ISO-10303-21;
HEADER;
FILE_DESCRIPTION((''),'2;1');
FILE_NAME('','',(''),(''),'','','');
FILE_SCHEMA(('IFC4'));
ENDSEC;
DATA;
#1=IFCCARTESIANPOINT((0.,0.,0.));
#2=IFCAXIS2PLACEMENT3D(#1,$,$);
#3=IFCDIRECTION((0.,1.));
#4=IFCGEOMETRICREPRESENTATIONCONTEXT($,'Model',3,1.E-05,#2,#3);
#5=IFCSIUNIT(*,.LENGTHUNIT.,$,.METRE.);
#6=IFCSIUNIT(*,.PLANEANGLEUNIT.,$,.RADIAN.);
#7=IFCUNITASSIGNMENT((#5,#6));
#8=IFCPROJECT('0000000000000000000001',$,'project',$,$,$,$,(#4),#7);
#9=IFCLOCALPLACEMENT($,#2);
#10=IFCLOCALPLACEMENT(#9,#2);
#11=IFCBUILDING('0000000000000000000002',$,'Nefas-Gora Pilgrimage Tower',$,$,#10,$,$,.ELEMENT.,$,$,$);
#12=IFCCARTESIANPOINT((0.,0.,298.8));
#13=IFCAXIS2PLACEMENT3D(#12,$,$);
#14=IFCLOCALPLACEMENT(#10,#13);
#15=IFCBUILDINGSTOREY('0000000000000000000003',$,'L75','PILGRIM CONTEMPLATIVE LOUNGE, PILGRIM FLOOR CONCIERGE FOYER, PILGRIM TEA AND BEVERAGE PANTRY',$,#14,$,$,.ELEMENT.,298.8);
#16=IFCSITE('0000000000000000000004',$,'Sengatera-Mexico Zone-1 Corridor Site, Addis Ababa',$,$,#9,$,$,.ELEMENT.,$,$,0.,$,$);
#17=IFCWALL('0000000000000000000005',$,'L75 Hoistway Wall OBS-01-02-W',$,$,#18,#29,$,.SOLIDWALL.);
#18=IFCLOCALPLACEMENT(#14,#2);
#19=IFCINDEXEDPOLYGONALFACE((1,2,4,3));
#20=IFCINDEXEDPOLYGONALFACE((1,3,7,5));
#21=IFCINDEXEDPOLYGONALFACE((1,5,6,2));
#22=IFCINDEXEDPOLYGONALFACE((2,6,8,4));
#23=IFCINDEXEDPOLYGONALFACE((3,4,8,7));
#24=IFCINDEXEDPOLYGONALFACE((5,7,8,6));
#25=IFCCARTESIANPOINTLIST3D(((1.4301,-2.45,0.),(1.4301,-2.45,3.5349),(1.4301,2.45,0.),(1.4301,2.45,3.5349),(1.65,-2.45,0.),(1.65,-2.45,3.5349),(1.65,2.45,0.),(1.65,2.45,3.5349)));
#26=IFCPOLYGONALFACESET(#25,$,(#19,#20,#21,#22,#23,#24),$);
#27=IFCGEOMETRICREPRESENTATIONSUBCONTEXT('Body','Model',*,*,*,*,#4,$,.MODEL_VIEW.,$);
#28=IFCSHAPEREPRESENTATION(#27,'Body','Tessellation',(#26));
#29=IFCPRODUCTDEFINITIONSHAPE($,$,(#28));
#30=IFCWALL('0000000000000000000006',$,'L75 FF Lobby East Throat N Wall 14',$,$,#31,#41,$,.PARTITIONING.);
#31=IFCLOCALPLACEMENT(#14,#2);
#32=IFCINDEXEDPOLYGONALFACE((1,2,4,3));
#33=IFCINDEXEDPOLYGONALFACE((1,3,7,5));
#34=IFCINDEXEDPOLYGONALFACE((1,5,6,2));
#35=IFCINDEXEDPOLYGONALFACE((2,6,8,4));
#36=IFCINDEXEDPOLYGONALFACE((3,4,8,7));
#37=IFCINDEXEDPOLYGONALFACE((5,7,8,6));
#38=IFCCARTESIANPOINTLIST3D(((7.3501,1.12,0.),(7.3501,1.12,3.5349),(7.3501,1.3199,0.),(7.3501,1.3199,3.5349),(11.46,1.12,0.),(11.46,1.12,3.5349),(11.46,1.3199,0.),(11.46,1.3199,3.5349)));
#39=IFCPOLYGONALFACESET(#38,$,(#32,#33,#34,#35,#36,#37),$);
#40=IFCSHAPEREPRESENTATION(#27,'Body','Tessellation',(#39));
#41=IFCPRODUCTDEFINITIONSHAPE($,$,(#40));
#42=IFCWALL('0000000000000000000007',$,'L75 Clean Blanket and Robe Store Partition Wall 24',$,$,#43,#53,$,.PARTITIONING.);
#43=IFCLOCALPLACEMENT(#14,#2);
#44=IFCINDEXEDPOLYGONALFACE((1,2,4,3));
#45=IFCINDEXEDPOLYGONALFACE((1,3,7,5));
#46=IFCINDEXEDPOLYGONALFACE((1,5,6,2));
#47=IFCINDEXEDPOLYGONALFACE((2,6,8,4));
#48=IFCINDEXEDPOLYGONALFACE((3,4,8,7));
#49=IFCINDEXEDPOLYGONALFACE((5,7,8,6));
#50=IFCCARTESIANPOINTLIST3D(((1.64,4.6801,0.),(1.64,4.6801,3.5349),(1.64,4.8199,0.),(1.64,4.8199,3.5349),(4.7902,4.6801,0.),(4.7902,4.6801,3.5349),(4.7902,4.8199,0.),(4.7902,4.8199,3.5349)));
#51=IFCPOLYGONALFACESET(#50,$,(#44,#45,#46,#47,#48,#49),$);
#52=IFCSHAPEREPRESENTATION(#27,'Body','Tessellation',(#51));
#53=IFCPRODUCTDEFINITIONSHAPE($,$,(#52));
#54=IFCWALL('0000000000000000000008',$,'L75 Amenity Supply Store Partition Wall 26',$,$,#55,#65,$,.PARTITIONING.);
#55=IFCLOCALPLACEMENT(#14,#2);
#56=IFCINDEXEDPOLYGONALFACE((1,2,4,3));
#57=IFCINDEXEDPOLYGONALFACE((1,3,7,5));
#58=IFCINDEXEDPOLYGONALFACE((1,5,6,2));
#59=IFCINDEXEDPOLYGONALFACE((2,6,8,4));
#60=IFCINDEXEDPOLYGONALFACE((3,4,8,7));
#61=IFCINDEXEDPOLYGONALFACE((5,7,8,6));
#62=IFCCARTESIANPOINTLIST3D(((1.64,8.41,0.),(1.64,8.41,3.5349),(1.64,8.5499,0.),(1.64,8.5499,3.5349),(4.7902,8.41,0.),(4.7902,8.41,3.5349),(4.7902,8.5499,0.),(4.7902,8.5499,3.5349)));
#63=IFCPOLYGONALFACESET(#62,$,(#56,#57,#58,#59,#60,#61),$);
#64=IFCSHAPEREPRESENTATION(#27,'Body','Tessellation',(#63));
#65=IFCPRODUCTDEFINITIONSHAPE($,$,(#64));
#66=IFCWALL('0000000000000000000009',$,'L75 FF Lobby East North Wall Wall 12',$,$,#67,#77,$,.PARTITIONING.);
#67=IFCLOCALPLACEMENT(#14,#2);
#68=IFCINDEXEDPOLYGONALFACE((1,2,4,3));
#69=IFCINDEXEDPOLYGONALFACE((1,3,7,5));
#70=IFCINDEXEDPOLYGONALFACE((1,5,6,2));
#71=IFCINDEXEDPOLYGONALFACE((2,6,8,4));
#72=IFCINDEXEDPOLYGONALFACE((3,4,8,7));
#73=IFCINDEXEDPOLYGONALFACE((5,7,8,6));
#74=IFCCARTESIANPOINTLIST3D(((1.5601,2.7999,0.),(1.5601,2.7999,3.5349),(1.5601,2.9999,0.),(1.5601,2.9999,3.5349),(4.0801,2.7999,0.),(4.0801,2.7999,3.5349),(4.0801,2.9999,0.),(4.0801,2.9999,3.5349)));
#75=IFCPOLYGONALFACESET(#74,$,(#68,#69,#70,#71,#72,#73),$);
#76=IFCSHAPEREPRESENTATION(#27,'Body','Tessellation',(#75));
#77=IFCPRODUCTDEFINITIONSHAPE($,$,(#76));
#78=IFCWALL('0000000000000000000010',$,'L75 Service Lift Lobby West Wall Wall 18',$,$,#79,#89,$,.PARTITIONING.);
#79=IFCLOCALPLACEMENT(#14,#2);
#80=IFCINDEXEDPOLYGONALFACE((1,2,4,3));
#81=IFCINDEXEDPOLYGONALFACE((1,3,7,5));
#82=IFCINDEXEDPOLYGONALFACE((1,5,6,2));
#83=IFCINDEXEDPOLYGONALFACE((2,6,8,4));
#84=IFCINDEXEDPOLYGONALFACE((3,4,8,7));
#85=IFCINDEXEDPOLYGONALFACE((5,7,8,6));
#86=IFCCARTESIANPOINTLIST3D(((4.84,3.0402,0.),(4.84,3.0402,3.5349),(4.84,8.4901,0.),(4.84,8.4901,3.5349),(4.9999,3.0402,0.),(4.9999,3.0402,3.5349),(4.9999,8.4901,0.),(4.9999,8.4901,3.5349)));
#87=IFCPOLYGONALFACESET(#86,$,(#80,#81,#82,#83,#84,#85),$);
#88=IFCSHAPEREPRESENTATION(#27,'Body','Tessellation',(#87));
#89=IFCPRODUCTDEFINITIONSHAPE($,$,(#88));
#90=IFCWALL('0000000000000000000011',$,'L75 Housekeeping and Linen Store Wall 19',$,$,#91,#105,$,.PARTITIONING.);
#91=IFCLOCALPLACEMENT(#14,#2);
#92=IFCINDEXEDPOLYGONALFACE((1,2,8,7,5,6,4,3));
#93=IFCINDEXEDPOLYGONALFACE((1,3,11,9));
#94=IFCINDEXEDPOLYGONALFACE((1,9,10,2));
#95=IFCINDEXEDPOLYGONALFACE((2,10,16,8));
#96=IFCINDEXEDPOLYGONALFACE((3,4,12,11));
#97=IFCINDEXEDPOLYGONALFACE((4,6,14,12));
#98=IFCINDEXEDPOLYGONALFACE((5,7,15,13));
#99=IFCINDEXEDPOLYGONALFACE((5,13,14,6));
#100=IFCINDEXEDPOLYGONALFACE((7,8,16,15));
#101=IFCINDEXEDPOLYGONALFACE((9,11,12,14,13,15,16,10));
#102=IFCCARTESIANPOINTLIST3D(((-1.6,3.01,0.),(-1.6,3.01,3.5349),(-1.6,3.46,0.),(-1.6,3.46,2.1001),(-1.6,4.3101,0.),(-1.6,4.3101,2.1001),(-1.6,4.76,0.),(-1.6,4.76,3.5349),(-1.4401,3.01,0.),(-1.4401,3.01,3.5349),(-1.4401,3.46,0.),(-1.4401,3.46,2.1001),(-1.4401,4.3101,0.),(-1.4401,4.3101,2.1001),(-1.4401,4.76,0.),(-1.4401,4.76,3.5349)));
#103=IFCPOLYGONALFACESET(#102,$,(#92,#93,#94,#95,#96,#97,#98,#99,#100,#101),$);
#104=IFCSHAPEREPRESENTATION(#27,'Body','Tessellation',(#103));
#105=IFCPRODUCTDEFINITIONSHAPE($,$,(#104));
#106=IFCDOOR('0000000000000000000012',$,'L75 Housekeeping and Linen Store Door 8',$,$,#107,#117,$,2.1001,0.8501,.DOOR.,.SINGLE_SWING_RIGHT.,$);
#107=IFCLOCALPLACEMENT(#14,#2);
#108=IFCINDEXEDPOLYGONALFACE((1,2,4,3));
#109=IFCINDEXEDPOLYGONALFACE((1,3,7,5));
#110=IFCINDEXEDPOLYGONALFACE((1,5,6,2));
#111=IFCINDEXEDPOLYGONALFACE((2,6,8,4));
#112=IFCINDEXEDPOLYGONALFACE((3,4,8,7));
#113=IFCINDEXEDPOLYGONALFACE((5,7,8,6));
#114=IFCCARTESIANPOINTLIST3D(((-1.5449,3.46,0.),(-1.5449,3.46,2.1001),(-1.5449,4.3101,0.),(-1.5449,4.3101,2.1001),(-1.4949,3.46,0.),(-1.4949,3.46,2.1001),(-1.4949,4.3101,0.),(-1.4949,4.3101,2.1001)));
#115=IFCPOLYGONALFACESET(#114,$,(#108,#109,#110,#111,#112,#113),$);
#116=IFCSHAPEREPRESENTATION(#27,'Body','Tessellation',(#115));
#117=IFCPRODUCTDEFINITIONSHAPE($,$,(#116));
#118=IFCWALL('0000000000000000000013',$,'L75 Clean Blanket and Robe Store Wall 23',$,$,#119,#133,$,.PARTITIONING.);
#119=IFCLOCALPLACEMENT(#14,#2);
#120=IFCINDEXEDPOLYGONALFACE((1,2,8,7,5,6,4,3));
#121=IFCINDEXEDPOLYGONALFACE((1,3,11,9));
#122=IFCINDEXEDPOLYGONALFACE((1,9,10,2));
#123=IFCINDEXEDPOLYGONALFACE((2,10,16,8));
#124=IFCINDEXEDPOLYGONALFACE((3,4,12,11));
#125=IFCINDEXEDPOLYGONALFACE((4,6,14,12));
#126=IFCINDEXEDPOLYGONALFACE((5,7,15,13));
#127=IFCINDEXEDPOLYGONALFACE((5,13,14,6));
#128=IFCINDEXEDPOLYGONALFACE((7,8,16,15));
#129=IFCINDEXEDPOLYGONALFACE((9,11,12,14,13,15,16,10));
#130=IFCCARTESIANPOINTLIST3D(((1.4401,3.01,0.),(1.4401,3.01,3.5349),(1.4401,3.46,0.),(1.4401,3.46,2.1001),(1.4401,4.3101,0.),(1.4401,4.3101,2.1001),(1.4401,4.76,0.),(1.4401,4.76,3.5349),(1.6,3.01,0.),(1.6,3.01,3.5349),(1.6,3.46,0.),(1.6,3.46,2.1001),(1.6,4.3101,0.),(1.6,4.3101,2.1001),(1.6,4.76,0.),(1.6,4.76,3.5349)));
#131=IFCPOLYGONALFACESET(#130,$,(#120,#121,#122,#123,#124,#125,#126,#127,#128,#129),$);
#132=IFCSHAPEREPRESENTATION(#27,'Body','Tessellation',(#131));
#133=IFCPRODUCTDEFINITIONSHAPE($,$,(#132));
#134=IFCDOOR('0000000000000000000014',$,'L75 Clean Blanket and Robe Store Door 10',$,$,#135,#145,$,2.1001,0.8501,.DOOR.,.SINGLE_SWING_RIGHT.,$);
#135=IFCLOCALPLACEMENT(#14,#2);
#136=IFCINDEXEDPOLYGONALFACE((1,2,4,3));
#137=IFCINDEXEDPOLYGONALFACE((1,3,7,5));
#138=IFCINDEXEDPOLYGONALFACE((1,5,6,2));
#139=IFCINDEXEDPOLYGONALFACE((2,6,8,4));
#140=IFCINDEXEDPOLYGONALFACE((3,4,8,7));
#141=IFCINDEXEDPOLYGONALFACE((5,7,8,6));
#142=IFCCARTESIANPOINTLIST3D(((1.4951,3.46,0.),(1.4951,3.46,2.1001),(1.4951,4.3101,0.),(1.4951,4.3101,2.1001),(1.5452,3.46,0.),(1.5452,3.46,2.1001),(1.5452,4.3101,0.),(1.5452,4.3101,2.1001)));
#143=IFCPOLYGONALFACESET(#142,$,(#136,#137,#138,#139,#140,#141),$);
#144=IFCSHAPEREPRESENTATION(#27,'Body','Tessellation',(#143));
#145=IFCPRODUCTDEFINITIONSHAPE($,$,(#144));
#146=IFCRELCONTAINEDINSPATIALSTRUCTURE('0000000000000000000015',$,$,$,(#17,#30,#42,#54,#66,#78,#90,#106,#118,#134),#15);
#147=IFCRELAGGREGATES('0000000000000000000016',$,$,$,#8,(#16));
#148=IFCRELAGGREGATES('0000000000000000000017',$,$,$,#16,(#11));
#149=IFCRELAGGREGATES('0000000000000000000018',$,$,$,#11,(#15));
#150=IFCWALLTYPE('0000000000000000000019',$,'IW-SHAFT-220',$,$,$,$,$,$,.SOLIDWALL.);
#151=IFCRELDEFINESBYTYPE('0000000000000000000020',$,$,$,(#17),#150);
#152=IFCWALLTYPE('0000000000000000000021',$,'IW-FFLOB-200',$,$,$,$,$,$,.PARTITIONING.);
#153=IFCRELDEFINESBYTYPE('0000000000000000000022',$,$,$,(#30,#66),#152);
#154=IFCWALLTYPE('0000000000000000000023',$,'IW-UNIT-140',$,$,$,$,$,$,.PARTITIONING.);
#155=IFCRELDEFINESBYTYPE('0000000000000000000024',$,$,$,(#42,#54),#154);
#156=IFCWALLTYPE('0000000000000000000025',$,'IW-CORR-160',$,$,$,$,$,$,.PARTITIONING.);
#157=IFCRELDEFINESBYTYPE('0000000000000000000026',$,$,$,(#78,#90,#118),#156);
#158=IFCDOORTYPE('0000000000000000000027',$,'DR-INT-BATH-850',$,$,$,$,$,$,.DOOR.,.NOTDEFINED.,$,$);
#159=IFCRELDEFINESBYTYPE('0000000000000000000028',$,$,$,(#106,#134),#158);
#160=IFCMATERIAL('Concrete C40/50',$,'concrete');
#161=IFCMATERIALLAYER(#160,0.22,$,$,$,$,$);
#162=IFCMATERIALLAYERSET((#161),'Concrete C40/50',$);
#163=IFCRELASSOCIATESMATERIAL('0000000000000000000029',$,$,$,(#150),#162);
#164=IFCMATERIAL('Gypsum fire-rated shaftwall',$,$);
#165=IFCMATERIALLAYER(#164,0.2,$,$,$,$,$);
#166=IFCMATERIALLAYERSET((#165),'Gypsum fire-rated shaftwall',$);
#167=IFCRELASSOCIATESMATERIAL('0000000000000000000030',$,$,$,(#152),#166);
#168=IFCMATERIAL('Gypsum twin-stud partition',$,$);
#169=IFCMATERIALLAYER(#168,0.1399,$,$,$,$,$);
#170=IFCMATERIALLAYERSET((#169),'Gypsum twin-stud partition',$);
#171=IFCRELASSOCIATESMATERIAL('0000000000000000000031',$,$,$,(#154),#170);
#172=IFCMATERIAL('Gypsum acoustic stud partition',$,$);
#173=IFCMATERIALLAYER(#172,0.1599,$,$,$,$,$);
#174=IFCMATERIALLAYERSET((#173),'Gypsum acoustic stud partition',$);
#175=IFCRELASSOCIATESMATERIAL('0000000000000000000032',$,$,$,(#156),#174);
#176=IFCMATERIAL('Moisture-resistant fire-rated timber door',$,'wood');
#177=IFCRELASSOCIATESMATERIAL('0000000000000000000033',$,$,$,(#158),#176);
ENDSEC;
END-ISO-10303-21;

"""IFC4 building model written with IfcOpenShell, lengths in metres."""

from ifc_helpers import new_model, si_unit, direction, frame, frame_2d, origin, place, context, subcontext, project, spatial, rectangle, extrude, source, transform, mapped, material, layer, layer_set, type_object, element, fill, save


model = new_model("IFC4")

# Units and contexts
model_context = context("Model", 3, precision=1e-05, world=origin(), true_north=direction((0.0, 1.0)))
body_context = subcontext(model_context, "Body", "Model", "MODEL_VIEW")
ifc_project = project(units=[si_unit("LENGTHUNIT", "METRE"), si_unit("PLANEANGLEUNIT", "RADIAN")], contexts=[model_context])

# Site, building, storey
site_placement = place(None, origin())
site = spatial("IfcSite", under=ifc_project, at=site_placement, Name="Sengatera-Mexico Zone-1 Corridor Site, Addis Ababa", CompositionType="ELEMENT", RefElevation=0.0)
building_placement = place(site_placement, origin())
building = spatial("IfcBuilding", under=site, at=building_placement, Name="Nefas-Gora Pilgrimage Tower", CompositionType="ELEMENT")
storey_placement = place(building_placement, frame((0.0, 0.0, 298.8)))
storey = spatial("IfcBuildingStorey", under=building, at=storey_placement, Name="L75", Description="PILGRIM CONTEMPLATIVE LOUNGE, PILGRIM FLOOR CONCIERGE FOYER, PILGRIM TEA AND BEVERAGE PANTRY", CompositionType="ELEMENT", Elevation=298.8)

# Shared definitions
ifc_material_1 = material(Name="Concrete C40/50", Category="concrete")

# Shared definitions
ifc_layer_1 = layer(ifc_material_1, 0.22)
ifc_layer_set_1 = layer_set([ifc_layer_1], Name="Concrete C40/50")
wall_type_1 = type_object("IfcWallType", Name="IW-SHAFT-220", PredefinedType="SOLIDWALL", material=ifc_layer_set_1)

# Wall
shared_shape_1 = source(origin(), body_context, "Body", "SweptSolid", [
    extrude(rectangle(XDim=4.8999, YDim=0.22, at=frame_2d((2.45, 0.0))), origin(), (0.0, 0.0, 1.0), 3.5349),
])
wall_1_placement = place(storey_placement, frame((1.54, 2.45, 0.0), z_axis=(0.0, 0.0, 1.0), x_axis=(0.0, -1.0, 0.0)))
element("IfcWall", 1, at=wall_1_placement, inside=storey, type_object=wall_type_1, Name="L75 Hoistway Wall OBS-01-02-W", PredefinedType="SOLIDWALL", context=body_context, shape_type="MappedRepresentation", body=[
    mapped(shared_shape_1, transform((0.0, 0.0, 0.0), x_axis=(1.0, 0.0, 0.0), y_axis=(0.0, 1.0, 0.0), z_axis=(0.0, 0.0, 1.0), scale=1.0)),
])

# Shared definitions
ifc_material_2 = material(Name="Gypsum fire-rated shaftwall")
ifc_layer_2 = layer(ifc_material_2, 0.2)
ifc_layer_set_2 = layer_set([ifc_layer_2], Name="Gypsum fire-rated shaftwall")
wall_type_2 = type_object("IfcWallType", Name="IW-FFLOB-200", PredefinedType="PARTITIONING", material=ifc_layer_set_2)

# Walls
shared_shape_2 = source(origin(), body_context, "Body", "SweptSolid", [
    extrude(rectangle(XDim=4.1099, YDim=0.2, at=frame_2d((2.0549, 0.0))), origin(), (0.0, 0.0, 1.0), 3.5349),
])
wall_2_placement = place(storey_placement, frame((7.3501, 1.22, 0.0), z_axis=(0.0, 0.0, 1.0), x_axis=(1.0, 0.0, 0.0)))
element("IfcWall", 2, at=wall_2_placement, inside=storey, type_object=wall_type_2, Name="L75 FF Lobby East Throat N Wall 14", PredefinedType="PARTITIONING", context=body_context, shape_type="MappedRepresentation", body=[
    mapped(shared_shape_2, transform((0.0, 0.0, 0.0), x_axis=(1.0, 0.0, 0.0), y_axis=(0.0, 1.0, 0.0), z_axis=(0.0, 0.0, 1.0), scale=1.0)),
])
ifc_material_3 = material(Name="Gypsum twin-stud partition")
ifc_layer_3 = layer(ifc_material_3, 0.1399)
ifc_layer_set_3 = layer_set([ifc_layer_3], Name="Gypsum twin-stud partition")
wall_type_3 = type_object("IfcWallType", Name="IW-UNIT-140", PredefinedType="PARTITIONING", material=ifc_layer_set_3)
shared_shape_3 = source(origin(), body_context, "Body", "SweptSolid", [
    extrude(rectangle(XDim=3.1501, YDim=0.1399, at=frame_2d((1.5752, 0.0))), origin(), (0.0, 0.0, 1.0), 3.5349),
])
for number, where, z_axis, x_axis, name in (
    (3, (1.6399, 4.75, 0.0), (0.0, 0.0, 1.0), (1.0, 0.0, 0.0), "L75 Clean Blanket and Robe Store Partition Wall 24"),
    (4, (1.6399, 8.48, 0.0), (0.0, 0.0, 1.0), (1.0, 0.0, 0.0), "L75 Amenity Supply Store Partition Wall 26"),
):
    element("IfcWall", number, at=place(storey_placement, frame(where, z_axis=z_axis, x_axis=x_axis)), inside=storey, type_object=wall_type_3, Name=name, PredefinedType="PARTITIONING", context=body_context, shape_type="MappedRepresentation", body=[
        mapped(shared_shape_3, transform((0.0, 0.0, 0.0), x_axis=(1.0, 0.0, 0.0), y_axis=(0.0, 1.0, 0.0), z_axis=(0.0, 0.0, 1.0), scale=1.0)),
    ])
shared_shape_4 = source(origin(), body_context, "Body", "SweptSolid", [
    extrude(rectangle(XDim=2.52, YDim=0.2, at=frame_2d((1.26, 0.0))), origin(), (0.0, 0.0, 1.0), 3.5349),
])
wall_3_placement = place(storey_placement, frame((1.5601, 2.8999, 0.0), z_axis=(0.0, 0.0, 1.0), x_axis=(1.0, 0.0, 0.0)))
element("IfcWall", 5, at=wall_3_placement, inside=storey, type_object=wall_type_2, Name="L75 FF Lobby East North Wall Wall 12", PredefinedType="PARTITIONING", context=body_context, shape_type="MappedRepresentation", body=[
    mapped(shared_shape_4, transform((0.0, 0.0, 0.0), x_axis=(1.0, 0.0, 0.0), y_axis=(0.0, 1.0, 0.0), z_axis=(0.0, 0.0, 1.0), scale=1.0)),
])
ifc_material_4 = material(Name="Gypsum acoustic stud partition")
ifc_layer_4 = layer(ifc_material_4, 0.1599)
ifc_layer_set_4 = layer_set([ifc_layer_4], Name="Gypsum acoustic stud partition")
wall_type_4 = type_object("IfcWallType", Name="IW-CORR-160", PredefinedType="PARTITIONING", material=ifc_layer_set_4)
shared_shape_5 = source(origin(), body_context, "Body", "SweptSolid", [
    extrude(rectangle(XDim=5.45, YDim=0.1599, at=frame_2d((2.7251, 0.0))), origin(), (0.0, 0.0, 1.0), 3.5349),
])
wall_4_placement = place(storey_placement, frame((4.9199, 3.04, 0.0), z_axis=(0.0, 0.0, 1.0), x_axis=(0.0, 1.0, 0.0)))
element("IfcWall", 6, at=wall_4_placement, inside=storey, type_object=wall_type_4, Name="L75 Service Lift Lobby West Wall Wall 18", PredefinedType="PARTITIONING", context=body_context, shape_type="MappedRepresentation", body=[
    mapped(shared_shape_5, transform((0.0, 0.0, 0.0), x_axis=(1.0, 0.0, 0.0), y_axis=(0.0, 1.0, 0.0), z_axis=(0.0, 0.0, 1.0), scale=1.0)),
])

# Walls, openings, doors
shared_shape_6 = source(origin(), body_context, "Body", "SweptSolid", [
    extrude(rectangle(XDim=1.75, YDim=0.1599, at=frame_2d((0.875, 0.0))), origin(), (0.0, 0.0, 1.0), 3.5349),
])
wall_5_placement = place(storey_placement, frame((-1.52, 3.01, 0.0), z_axis=(0.0, 0.0, 1.0), x_axis=(0.0, 1.0, 0.0)))
wall_5 = element("IfcWall", 7, at=wall_5_placement, inside=storey, type_object=wall_type_4, Name="L75 Housekeeping and Linen Store Wall 19", PredefinedType="PARTITIONING", context=body_context, shape_type="MappedRepresentation", body=[
    mapped(shared_shape_6, transform((0.0, 0.0, 0.0), x_axis=(1.0, 0.0, 0.0), y_axis=(0.0, 1.0, 0.0), z_axis=(0.0, 0.0, 1.0), scale=1.0)),
])
opening_1_placement = place(wall_5_placement, frame((0.45, 0.0, 0.0)))
opening_1 = element("IfcOpeningElement", 8, at=opening_1_placement, cuts=wall_5, PredefinedType="OPENING", context=body_context, shape_type="SweptSolid", body=[
    extrude(rectangle(XDim=0.8501, YDim=2.1001, at=frame_2d((0.425, 1.05))), frame((0.0, 0.0898, 0.0), z_axis=(0.0, -1.0, 0.0), x_axis=(1.0, 0.0, 0.0)), (0.0, 0.0, 1.0), 0.1799),
])
ifc_material_5 = material(Name="Moisture-resistant fire-rated timber door", Category="wood")
door_type_1 = type_object("IfcDoorType", Name="DR-INT-BATH-850", OperationType="NOTDEFINED", PredefinedType="DOOR", material=ifc_material_5)
shared_shape_7 = source(origin(), body_context, "Body", "SweptSolid", [
    extrude(rectangle(XDim=0.8501, YDim=2.1001, at=frame_2d((0.425, 1.05))), frame((0.0, 0.0249, 0.0), z_axis=(0.0, -1.0, 0.0), x_axis=(1.0, 0.0, 0.0)), (0.0, 0.0, 1.0), 0.05),
])
door_1_placement = place(opening_1_placement, origin())
door_1 = element("IfcDoor", 9, at=door_1_placement, inside=storey, type_object=door_type_1, Name="L75 Housekeeping and Linen Store Door 8", OperationType="SINGLE_SWING_RIGHT", OverallHeight=2.1001, OverallWidth=0.8501, PredefinedType="DOOR", context=body_context, shape_type="MappedRepresentation", body=[
    mapped(shared_shape_7, transform((0.0, 0.0, 0.0), x_axis=(1.0, 0.0, 0.0), y_axis=(0.0, 1.0, 0.0), z_axis=(0.0, 0.0, 1.0), scale=1.0)),
])
fill(opening_1, door_1)
wall_6_placement = place(storey_placement, frame((1.52, 3.01, 0.0), z_axis=(0.0, 0.0, 1.0), x_axis=(0.0, 1.0, 0.0)))
wall_6 = element("IfcWall", 10, at=wall_6_placement, inside=storey, type_object=wall_type_4, Name="L75 Clean Blanket and Robe Store Wall 23", PredefinedType="PARTITIONING", context=body_context, shape_type="MappedRepresentation", body=[
    mapped(shared_shape_6, transform((0.0, 0.0, 0.0), x_axis=(1.0, 0.0, 0.0), y_axis=(0.0, 1.0, 0.0), z_axis=(0.0, 0.0, 1.0), scale=1.0)),
])
opening_2_placement = place(wall_6_placement, frame((0.45, 0.0, 0.0)))
opening_2 = element("IfcOpeningElement", 11, at=opening_2_placement, cuts=wall_6, PredefinedType="OPENING", context=body_context, shape_type="SweptSolid", body=[
    extrude(rectangle(XDim=0.8501, YDim=2.1001, at=frame_2d((0.425, 1.05))), frame((0.0, 0.0898, 0.0), z_axis=(0.0, -1.0, 0.0), x_axis=(1.0, 0.0, 0.0)), (0.0, 0.0, 1.0), 0.1799),
])
door_2_placement = place(opening_2_placement, origin())
door_2 = element("IfcDoor", 12, at=door_2_placement, inside=storey, type_object=door_type_1, Name="L75 Clean Blanket and Robe Store Door 10", OperationType="SINGLE_SWING_RIGHT", OverallHeight=2.1001, OverallWidth=0.8501, PredefinedType="DOOR", context=body_context, shape_type="MappedRepresentation", body=[
    mapped(shared_shape_7, transform((0.0, 0.0, 0.0), x_axis=(1.0, 0.0, 0.0), y_axis=(0.0, 1.0, 0.0), z_axis=(0.0, 0.0, 1.0), scale=1.0)),
])
fill(opening_2, door_2)

save(model, "model.ifc")
